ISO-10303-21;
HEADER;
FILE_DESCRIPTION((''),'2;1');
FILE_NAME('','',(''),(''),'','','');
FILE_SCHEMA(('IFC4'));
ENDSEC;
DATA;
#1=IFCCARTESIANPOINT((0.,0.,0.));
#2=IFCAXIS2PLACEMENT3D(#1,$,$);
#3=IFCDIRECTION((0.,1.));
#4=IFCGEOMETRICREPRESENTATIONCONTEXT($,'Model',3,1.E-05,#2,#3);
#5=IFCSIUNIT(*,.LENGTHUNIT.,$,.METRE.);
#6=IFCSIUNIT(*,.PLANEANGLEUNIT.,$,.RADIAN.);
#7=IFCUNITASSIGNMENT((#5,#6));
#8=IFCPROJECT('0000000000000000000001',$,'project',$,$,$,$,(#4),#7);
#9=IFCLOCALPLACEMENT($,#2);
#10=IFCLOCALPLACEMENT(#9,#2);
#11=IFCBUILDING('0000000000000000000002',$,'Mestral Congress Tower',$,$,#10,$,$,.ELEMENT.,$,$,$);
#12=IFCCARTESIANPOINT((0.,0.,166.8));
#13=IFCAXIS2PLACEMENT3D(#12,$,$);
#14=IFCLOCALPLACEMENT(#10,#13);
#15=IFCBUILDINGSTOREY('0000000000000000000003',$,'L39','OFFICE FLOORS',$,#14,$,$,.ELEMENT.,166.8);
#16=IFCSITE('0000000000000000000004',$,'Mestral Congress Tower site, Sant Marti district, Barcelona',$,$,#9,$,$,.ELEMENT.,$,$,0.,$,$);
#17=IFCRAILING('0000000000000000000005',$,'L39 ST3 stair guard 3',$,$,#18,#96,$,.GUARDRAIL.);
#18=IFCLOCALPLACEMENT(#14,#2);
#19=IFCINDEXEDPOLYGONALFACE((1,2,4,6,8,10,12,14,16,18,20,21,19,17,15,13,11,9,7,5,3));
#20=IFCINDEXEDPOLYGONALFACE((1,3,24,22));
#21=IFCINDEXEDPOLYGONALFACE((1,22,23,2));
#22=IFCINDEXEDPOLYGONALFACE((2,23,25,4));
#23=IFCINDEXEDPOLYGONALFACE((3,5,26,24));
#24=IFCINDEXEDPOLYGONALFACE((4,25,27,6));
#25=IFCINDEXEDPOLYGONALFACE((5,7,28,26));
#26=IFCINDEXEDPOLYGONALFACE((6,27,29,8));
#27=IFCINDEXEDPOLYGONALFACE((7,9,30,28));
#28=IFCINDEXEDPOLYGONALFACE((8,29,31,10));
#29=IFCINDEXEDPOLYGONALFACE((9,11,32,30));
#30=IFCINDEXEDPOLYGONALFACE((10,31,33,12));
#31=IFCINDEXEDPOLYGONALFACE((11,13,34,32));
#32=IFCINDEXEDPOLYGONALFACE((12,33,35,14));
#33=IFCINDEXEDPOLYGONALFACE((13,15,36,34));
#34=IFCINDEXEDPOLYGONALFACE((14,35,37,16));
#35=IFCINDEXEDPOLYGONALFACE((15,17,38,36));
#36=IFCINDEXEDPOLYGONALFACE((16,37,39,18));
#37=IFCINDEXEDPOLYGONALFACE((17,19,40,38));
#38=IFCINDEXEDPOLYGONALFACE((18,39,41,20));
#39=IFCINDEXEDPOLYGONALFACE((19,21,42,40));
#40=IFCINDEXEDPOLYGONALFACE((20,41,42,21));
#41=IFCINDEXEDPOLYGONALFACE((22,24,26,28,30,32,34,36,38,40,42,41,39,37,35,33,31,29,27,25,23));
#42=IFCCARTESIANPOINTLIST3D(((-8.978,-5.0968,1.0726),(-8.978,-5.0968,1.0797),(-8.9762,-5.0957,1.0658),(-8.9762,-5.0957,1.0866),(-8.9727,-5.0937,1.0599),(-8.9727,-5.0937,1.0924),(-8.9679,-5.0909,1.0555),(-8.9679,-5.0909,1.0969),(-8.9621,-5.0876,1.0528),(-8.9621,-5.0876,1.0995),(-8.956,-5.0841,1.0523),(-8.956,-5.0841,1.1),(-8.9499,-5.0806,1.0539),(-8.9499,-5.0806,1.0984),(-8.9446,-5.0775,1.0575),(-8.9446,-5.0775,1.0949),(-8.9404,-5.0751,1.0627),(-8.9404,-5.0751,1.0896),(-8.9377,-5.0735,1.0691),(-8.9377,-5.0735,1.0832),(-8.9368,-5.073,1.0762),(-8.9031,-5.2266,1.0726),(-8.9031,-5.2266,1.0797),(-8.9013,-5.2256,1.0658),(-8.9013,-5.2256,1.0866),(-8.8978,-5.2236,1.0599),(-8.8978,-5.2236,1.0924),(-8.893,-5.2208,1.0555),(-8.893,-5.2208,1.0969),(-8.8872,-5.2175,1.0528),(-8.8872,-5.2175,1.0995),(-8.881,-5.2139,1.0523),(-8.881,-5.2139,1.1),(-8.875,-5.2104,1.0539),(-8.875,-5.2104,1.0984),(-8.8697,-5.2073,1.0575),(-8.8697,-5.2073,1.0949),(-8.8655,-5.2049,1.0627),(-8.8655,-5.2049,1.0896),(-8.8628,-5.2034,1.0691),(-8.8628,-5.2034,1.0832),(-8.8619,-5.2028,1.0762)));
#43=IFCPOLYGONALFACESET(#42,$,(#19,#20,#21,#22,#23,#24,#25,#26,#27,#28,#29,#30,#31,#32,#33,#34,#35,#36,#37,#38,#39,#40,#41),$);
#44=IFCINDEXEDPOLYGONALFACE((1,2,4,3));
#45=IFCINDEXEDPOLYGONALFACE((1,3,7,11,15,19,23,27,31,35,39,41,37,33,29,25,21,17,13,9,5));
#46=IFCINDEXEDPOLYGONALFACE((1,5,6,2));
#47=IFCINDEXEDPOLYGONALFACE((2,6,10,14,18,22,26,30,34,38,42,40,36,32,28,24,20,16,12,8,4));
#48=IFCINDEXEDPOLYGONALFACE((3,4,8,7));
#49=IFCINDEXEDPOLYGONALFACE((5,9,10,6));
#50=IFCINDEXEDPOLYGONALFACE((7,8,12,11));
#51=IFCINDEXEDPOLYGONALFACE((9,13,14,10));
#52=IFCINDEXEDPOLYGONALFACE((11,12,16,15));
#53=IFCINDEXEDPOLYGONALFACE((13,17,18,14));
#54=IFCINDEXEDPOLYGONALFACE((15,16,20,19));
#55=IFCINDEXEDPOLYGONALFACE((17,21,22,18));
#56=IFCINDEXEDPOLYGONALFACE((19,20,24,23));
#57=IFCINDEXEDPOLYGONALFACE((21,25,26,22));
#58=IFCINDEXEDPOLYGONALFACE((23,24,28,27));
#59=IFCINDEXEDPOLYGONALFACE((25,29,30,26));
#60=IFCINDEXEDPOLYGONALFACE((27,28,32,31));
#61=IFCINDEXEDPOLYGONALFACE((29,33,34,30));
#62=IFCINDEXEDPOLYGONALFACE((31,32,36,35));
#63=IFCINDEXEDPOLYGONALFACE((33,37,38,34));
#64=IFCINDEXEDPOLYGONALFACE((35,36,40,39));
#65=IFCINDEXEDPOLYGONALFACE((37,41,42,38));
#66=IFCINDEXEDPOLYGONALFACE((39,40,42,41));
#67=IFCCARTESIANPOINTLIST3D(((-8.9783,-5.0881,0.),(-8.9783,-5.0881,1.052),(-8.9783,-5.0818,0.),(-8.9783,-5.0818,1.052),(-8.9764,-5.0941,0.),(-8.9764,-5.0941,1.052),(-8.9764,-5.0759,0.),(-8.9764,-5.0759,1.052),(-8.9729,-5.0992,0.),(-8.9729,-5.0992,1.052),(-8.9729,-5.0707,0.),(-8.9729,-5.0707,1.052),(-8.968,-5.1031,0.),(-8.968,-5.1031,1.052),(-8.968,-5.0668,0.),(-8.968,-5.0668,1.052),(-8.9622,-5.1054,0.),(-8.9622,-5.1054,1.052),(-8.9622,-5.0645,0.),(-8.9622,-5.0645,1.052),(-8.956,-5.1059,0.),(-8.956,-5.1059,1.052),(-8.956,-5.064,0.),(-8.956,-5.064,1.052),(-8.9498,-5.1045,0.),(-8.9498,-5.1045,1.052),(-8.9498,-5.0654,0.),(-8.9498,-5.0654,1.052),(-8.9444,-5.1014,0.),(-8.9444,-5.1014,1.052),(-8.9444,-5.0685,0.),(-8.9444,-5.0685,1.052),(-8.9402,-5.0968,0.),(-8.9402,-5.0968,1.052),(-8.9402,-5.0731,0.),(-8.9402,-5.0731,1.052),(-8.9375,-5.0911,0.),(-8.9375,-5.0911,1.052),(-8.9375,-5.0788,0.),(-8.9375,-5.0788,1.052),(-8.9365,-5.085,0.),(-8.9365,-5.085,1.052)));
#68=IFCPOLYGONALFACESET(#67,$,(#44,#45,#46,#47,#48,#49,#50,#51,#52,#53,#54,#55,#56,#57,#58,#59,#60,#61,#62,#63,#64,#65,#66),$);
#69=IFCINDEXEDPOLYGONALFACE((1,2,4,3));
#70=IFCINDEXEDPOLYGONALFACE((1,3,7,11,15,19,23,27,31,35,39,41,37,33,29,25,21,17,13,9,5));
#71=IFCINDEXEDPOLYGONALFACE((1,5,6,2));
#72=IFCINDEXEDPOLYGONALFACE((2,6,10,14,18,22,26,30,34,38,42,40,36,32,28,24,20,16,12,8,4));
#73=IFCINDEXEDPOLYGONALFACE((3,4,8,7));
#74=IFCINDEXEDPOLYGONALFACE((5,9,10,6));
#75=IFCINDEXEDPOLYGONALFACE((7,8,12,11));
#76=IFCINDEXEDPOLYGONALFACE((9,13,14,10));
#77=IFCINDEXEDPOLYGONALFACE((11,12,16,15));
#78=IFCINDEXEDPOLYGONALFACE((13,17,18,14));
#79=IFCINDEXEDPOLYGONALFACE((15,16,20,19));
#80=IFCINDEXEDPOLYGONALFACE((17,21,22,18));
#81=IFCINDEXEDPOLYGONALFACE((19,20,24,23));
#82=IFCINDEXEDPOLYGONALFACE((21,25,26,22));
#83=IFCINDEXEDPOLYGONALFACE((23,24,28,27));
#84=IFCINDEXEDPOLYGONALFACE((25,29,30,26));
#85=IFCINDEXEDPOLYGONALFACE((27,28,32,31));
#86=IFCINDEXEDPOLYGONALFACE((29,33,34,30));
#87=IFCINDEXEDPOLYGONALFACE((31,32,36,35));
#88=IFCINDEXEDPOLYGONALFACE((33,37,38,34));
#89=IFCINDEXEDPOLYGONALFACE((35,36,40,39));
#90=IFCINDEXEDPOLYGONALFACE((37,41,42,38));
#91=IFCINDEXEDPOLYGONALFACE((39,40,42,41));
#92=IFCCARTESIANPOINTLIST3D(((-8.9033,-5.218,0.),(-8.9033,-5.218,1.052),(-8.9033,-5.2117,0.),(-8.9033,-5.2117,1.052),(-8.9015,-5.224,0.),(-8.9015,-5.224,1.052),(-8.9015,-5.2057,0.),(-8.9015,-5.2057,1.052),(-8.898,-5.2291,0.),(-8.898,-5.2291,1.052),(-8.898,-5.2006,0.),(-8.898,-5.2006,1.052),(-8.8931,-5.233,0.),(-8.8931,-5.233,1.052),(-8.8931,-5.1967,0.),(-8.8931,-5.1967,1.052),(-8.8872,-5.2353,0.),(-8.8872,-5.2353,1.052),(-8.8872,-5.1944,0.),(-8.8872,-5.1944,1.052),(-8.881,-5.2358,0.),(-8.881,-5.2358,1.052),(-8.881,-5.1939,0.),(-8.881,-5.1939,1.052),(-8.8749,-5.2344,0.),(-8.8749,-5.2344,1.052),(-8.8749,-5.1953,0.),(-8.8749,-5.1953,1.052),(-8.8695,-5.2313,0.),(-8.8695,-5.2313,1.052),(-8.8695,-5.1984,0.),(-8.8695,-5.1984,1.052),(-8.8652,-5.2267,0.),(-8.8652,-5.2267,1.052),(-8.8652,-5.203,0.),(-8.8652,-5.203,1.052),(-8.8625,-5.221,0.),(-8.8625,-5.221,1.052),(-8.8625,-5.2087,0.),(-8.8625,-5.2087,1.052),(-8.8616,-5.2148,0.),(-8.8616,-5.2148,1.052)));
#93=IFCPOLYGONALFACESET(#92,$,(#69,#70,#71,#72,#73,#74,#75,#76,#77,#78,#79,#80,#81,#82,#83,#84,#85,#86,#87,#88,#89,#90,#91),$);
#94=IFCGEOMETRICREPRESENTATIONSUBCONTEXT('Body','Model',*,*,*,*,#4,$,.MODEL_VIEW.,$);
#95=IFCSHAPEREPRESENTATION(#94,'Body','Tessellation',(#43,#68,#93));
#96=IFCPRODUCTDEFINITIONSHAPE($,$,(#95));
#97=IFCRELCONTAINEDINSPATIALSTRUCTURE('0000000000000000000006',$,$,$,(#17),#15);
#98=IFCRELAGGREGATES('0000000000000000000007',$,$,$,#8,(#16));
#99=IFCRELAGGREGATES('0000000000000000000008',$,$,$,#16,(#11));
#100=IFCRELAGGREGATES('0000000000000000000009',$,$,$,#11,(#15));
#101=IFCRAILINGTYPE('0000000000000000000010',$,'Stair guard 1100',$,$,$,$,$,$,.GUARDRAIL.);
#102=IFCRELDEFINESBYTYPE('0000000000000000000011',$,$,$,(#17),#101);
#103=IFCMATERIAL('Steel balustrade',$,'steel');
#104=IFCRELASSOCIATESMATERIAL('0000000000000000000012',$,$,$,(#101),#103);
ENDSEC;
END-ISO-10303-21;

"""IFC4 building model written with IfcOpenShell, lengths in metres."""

from ifc_helpers import new_model, si_unit, direction, frame, origin, origin_2d, place, context, subcontext, project, spatial, circle, extrude, material, type_object, element, save


model = new_model("IFC4")

# Units and contexts
model_context = context("Model", 3, precision=1e-05, world=origin(), true_north=direction((0.0, 1.0)))
body_context = subcontext(model_context, "Body", "Model", "MODEL_VIEW")
ifc_project = project(units=[si_unit("LENGTHUNIT", "METRE"), si_unit("PLANEANGLEUNIT", "RADIAN")], contexts=[model_context])

# Site, building, storey
site_placement = place(None, origin())
site = spatial("IfcSite", under=ifc_project, at=site_placement, Name="Mestral Congress Tower site, Sant Marti district, Barcelona", CompositionType="ELEMENT", RefElevation=0.0)
building_placement = place(site_placement, origin())
building = spatial("IfcBuilding", under=site, at=building_placement, Name="Mestral Congress Tower", CompositionType="ELEMENT")
storey_placement = place(building_placement, frame((0.0, 0.0, 166.8)))
storey = spatial("IfcBuildingStorey", under=building, at=storey_placement, Name="L39", Description="OFFICE FLOORS", CompositionType="ELEMENT", Elevation=166.8)

# Railing
ifc_material_1 = material(Name="Steel balustrade", Category="steel")
railing_type_1 = type_object("IfcRailingType", Name="Stair guard 1100", PredefinedType="GUARDRAIL", material=ifc_material_1)
railing_1_placement = place(storey_placement, frame((-8.9575, -5.085, 0.0)))
element("IfcRailing", 1, at=railing_1_placement, inside=storey, type_object=railing_type_1, Name="L39 ST3 stair guard 3", PredefinedType="GUARDRAIL", context=body_context, shape_type="SweptSolid", body=[
    extrude(circle(Radius=0.0239, at=origin_2d()), frame((0.0, 0.0, 1.0762), z_axis=(0.499816, -0.866131, 0.0), x_axis=(0.866131, 0.499816, 0.0)), (0.0, 0.0, 1.0), 0.1499),
    extrude(circle(Radius=0.021, at=origin_2d()), origin(), (0.0, 0.0, 1.0), 1.052),
    extrude(circle(Radius=0.021, at=origin_2d()), frame((0.075, -0.1299, 0.0)), (0.0, 0.0, 1.0), 1.052),
])

save(model, "model.ifc")
